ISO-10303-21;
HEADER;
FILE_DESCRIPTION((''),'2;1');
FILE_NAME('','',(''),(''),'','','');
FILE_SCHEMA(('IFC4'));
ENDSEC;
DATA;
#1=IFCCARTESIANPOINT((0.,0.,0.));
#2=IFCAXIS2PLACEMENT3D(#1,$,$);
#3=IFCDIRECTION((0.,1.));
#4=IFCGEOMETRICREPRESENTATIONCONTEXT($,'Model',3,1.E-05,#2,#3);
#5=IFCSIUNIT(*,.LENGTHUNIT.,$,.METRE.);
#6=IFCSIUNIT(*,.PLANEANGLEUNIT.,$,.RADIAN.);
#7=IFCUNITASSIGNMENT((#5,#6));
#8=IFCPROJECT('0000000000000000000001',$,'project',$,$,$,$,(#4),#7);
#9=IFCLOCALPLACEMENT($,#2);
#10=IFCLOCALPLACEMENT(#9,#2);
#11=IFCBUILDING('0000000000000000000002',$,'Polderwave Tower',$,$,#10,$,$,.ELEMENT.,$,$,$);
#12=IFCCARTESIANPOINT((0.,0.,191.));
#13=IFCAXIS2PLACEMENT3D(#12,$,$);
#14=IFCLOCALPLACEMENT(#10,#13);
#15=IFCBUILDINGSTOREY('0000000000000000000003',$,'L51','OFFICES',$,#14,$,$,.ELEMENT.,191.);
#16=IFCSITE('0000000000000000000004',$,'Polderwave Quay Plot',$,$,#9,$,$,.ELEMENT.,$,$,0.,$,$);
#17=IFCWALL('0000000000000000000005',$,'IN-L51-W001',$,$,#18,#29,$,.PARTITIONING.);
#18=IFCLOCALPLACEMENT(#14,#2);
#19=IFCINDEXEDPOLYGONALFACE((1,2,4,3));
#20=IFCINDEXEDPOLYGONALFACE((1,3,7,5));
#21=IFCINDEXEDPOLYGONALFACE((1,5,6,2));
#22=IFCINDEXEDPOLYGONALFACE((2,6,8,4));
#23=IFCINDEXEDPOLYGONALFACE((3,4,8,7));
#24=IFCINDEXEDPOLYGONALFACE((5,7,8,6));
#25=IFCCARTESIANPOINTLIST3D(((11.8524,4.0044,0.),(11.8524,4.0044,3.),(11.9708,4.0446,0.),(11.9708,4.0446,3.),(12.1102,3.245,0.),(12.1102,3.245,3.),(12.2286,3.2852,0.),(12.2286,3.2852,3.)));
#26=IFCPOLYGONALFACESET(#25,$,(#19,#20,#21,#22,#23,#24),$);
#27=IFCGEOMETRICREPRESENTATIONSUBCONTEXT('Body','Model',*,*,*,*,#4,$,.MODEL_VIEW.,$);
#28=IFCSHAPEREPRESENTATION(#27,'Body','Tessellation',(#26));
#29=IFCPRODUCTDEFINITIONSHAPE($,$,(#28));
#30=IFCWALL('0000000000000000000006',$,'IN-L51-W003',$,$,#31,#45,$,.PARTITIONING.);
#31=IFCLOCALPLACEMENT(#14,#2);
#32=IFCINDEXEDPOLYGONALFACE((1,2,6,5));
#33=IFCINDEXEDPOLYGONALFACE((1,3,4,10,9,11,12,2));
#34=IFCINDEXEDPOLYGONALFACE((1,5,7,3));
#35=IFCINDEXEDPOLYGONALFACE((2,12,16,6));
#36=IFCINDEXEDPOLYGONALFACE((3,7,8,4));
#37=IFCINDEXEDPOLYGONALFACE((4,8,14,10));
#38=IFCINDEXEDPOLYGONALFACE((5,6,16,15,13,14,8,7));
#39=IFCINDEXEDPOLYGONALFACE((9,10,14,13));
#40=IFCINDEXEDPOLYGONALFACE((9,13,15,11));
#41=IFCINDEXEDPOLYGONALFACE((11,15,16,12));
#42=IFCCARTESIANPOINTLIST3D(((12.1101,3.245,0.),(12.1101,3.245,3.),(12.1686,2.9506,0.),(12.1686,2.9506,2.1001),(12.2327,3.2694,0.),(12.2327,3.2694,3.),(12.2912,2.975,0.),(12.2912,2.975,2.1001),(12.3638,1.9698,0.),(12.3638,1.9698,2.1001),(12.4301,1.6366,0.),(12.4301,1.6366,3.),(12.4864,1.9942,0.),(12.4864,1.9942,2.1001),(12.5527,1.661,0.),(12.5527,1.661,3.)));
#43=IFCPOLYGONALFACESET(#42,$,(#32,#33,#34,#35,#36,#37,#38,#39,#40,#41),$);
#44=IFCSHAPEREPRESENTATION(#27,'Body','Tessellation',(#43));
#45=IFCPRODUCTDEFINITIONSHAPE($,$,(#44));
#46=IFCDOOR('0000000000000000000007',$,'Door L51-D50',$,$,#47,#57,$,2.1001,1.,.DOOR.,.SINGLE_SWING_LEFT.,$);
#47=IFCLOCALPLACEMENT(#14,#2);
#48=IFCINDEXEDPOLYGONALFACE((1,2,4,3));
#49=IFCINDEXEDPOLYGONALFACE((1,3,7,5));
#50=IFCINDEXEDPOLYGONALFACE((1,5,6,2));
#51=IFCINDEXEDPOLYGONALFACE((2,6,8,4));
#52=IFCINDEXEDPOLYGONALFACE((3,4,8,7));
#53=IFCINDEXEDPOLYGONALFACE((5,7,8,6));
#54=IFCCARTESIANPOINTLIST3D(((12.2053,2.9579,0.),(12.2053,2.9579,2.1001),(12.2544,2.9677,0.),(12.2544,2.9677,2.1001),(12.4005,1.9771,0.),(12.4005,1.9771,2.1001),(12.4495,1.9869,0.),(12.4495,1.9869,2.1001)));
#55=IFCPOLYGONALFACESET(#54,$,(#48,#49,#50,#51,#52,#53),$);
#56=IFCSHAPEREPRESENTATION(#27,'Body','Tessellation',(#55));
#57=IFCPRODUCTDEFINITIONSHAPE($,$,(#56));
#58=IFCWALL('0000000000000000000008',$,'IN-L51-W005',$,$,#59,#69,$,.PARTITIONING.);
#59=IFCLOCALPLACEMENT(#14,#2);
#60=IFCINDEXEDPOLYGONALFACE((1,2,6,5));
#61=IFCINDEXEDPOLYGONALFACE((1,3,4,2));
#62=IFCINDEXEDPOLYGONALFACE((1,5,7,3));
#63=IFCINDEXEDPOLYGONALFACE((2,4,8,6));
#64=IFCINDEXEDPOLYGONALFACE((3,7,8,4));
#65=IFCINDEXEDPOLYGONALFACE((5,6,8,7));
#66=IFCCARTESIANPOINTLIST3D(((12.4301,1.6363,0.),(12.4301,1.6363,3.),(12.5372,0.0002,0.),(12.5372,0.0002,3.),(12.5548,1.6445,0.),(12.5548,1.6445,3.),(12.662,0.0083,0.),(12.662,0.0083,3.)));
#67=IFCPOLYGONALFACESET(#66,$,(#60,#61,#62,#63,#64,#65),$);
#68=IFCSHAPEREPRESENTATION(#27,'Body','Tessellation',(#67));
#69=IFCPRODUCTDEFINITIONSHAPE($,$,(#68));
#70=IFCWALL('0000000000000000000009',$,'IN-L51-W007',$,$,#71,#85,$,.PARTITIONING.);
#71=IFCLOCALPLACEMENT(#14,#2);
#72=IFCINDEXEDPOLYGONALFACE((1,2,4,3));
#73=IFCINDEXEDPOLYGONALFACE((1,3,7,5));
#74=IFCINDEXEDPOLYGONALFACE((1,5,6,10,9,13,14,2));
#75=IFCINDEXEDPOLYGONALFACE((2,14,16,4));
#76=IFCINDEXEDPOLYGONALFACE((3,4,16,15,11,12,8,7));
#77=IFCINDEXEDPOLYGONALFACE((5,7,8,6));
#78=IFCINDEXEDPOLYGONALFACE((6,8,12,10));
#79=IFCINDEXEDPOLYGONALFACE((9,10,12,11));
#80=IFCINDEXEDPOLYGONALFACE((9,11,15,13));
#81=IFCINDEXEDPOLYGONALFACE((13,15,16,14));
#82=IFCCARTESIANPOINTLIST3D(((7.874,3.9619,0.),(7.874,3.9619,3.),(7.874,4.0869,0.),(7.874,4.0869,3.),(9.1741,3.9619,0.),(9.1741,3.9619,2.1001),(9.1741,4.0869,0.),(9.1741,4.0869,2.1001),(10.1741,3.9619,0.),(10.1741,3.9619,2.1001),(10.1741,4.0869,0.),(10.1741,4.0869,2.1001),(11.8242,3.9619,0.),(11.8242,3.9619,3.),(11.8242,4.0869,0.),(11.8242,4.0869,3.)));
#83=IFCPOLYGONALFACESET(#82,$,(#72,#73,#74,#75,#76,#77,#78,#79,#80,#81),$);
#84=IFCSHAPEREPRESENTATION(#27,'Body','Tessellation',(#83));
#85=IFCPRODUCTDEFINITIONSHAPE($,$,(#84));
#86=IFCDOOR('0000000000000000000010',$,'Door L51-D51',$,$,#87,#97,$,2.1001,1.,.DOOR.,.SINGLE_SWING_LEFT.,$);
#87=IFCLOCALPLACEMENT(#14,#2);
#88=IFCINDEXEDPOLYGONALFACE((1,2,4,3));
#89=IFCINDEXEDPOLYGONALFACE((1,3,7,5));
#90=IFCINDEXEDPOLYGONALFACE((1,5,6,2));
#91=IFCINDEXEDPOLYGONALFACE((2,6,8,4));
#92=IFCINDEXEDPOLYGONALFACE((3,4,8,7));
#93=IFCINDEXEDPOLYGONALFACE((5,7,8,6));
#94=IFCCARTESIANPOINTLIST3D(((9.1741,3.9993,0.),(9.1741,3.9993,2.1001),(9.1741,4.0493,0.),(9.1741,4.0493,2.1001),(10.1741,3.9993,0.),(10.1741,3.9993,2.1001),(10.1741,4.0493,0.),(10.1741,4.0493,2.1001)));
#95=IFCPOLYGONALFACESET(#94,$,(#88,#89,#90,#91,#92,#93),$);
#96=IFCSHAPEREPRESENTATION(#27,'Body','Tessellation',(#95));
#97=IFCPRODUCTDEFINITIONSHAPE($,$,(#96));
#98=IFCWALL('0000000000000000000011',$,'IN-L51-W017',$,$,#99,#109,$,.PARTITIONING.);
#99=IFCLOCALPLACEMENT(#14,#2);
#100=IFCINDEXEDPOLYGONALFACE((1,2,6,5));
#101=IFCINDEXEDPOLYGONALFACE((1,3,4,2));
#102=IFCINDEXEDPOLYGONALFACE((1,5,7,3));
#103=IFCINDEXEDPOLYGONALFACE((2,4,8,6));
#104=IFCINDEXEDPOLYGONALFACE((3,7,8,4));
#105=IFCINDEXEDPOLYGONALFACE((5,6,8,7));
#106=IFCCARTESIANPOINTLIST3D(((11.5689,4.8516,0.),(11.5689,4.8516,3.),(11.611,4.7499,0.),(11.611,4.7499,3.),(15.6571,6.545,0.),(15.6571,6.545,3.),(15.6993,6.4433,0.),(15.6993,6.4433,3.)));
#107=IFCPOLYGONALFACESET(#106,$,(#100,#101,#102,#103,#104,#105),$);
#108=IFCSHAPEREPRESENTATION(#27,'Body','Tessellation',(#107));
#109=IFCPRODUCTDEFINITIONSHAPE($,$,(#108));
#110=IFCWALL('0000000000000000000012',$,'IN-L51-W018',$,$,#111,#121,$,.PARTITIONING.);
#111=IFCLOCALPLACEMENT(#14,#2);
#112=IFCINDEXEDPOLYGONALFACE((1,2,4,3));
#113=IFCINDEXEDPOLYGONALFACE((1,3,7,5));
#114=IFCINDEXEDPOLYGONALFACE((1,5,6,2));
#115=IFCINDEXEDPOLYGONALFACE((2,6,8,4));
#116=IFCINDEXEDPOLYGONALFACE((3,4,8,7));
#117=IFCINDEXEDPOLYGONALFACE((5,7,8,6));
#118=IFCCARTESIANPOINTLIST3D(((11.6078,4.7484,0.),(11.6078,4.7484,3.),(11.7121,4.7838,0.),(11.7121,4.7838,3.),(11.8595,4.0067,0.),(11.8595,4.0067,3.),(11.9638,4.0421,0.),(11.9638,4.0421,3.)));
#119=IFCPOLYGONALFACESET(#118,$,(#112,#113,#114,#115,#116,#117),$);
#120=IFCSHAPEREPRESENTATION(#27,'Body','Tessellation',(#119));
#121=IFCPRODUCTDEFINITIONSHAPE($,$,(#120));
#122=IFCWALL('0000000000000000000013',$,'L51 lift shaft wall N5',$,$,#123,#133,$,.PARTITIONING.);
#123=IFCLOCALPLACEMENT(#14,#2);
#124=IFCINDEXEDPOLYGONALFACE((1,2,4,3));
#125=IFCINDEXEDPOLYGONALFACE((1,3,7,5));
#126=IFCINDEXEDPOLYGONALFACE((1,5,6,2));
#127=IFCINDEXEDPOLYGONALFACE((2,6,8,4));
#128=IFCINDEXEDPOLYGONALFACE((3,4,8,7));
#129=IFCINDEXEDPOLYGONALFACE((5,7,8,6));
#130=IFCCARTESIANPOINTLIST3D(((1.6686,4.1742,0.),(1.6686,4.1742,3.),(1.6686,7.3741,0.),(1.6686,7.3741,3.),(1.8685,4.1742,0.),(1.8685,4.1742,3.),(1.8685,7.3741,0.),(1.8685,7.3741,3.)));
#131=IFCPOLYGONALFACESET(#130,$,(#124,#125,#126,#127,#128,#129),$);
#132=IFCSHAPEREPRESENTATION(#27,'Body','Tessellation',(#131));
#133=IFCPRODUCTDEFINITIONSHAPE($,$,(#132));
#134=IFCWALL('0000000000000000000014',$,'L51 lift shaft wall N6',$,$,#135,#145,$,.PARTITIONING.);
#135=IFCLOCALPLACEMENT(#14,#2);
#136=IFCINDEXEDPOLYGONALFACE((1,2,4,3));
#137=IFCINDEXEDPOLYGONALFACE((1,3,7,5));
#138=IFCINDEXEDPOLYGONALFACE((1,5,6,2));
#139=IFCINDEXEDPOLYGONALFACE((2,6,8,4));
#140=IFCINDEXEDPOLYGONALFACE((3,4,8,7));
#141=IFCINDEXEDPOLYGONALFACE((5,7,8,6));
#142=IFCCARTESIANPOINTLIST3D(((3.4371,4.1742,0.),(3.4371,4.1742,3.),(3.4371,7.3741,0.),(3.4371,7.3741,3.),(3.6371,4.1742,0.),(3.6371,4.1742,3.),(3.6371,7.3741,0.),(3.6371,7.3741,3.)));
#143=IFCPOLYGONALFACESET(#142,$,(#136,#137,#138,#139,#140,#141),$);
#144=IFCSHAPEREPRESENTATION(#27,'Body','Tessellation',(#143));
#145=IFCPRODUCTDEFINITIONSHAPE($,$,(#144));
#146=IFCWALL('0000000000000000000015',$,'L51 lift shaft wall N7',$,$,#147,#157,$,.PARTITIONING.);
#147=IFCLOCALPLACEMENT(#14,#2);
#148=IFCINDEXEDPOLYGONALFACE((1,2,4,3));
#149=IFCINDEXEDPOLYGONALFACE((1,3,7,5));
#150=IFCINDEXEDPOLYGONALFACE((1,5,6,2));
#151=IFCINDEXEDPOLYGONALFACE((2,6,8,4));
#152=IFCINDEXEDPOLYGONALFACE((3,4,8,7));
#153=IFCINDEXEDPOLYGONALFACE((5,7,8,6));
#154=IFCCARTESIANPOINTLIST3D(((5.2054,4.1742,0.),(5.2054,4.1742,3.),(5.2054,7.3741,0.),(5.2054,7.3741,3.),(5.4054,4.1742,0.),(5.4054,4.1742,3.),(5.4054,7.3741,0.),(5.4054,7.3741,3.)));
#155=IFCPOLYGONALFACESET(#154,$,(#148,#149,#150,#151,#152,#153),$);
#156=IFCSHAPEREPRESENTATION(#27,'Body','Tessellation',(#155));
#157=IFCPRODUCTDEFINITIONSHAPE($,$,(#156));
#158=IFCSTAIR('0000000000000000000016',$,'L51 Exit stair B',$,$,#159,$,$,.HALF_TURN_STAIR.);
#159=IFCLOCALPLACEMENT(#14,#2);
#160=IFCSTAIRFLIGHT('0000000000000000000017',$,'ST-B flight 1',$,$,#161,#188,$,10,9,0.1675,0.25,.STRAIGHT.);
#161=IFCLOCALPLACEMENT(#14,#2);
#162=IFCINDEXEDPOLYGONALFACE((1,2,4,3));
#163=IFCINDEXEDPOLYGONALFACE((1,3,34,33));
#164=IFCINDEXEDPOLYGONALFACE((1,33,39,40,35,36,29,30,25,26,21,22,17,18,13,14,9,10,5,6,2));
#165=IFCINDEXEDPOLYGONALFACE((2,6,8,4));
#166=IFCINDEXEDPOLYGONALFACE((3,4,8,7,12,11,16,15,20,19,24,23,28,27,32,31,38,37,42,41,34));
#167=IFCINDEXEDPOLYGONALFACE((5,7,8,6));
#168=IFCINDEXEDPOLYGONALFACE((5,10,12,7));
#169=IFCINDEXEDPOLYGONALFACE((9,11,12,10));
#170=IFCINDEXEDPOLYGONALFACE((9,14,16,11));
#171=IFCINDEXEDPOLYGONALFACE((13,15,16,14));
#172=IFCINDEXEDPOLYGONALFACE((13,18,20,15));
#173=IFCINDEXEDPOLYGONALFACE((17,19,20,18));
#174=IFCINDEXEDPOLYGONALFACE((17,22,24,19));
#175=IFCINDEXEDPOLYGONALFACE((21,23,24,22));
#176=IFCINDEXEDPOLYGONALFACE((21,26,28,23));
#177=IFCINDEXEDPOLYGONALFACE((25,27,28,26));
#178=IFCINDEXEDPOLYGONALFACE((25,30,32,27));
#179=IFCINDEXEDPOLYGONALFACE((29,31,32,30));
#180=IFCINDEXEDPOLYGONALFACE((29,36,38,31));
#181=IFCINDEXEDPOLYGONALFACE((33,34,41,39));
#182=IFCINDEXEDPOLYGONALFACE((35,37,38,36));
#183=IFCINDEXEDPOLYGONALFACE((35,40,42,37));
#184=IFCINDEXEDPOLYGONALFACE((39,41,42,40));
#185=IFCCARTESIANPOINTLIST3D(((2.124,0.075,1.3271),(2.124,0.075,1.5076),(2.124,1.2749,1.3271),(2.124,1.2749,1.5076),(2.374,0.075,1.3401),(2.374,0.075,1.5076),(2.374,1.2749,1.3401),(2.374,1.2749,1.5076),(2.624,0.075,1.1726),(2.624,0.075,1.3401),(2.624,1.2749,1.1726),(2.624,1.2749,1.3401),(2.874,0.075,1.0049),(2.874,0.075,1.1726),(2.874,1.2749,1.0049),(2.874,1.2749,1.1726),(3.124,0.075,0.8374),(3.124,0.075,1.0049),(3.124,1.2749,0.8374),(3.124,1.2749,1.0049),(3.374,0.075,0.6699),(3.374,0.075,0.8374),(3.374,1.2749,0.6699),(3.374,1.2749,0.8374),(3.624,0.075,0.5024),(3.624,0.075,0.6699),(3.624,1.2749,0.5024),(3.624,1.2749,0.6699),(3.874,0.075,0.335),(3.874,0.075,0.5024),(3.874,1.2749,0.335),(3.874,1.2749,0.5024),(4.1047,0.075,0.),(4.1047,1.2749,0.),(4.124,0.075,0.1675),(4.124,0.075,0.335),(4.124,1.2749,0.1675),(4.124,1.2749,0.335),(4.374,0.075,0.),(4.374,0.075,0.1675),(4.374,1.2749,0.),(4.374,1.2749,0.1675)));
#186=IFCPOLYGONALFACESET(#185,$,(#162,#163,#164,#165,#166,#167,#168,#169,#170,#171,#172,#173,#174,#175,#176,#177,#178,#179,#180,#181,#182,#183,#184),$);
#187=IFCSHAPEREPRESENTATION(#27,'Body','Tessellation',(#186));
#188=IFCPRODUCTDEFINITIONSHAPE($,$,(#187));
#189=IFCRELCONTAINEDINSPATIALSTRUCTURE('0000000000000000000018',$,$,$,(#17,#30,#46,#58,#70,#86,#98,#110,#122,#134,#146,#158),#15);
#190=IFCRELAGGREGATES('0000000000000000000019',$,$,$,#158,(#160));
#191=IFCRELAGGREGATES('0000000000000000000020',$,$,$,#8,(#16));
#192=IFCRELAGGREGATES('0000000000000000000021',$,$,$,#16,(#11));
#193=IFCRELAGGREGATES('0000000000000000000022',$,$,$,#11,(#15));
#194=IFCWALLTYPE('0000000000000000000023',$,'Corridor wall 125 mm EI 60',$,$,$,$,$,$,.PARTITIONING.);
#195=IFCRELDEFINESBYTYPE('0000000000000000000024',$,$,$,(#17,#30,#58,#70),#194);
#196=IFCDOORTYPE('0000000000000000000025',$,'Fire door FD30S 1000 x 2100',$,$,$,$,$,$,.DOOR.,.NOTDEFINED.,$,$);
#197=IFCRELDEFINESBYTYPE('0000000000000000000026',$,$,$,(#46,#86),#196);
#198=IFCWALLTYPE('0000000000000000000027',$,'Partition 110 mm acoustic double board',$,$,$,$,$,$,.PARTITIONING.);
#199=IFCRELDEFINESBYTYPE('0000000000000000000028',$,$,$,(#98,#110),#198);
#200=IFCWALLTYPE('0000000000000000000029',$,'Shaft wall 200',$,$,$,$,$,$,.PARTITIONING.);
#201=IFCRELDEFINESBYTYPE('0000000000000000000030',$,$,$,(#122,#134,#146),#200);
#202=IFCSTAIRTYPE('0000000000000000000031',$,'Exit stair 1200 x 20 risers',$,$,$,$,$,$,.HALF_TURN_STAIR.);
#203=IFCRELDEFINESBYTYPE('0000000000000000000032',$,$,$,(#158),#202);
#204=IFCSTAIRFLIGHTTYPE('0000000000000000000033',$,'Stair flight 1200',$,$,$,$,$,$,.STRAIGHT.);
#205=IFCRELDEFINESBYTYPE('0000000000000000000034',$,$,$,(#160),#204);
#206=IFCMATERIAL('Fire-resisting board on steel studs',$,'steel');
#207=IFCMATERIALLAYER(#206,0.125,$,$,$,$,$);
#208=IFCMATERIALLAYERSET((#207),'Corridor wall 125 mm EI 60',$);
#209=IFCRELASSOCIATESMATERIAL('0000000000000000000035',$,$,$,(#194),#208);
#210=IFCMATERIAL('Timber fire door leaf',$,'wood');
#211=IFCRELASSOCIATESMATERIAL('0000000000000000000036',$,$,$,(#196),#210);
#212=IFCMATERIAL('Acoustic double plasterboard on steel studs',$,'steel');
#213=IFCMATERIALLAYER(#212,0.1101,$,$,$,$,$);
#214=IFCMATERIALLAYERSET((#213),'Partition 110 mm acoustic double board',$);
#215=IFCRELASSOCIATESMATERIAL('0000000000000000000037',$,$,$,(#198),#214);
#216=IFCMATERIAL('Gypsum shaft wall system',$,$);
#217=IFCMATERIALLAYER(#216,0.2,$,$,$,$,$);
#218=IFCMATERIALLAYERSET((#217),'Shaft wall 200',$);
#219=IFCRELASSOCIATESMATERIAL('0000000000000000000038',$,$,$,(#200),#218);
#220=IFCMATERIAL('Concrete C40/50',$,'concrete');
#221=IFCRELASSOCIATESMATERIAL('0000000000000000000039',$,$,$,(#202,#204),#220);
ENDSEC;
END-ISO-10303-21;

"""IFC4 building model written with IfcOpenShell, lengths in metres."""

from ifc_helpers import new_model, si_unit, direction, frame, frame_2d, origin, place, context, subcontext, project, spatial, polyline, rectangle, outline, extrude, material, layer, layer_set, type_object, element, fill, aggregate, save


model = new_model("IFC4")

# Units and contexts
model_context = context("Model", 3, precision=1e-05, world=origin(), true_north=direction((0.0, 1.0)))
body_context = subcontext(model_context, "Body", "Model", "MODEL_VIEW")
ifc_project = project(units=[si_unit("LENGTHUNIT", "METRE"), si_unit("PLANEANGLEUNIT", "RADIAN")], contexts=[model_context])

# Site, building, storey
site_placement = place(None, origin())
site = spatial("IfcSite", under=ifc_project, at=site_placement, Name="Polderwave Quay Plot", CompositionType="ELEMENT", RefElevation=0.0)
building_placement = place(site_placement, origin())
building = spatial("IfcBuilding", under=site, at=building_placement, Name="Polderwave Tower", CompositionType="ELEMENT")
storey_placement = place(building_placement, frame((0.0, 0.0, 191.0)))
storey = spatial("IfcBuildingStorey", under=building, at=storey_placement, Name="L51", Description="OFFICES", CompositionType="ELEMENT", Elevation=191.0)

# Wall
ifc_material_1 = material(Name="Fire-resisting board on steel studs", Category="steel")
ifc_layer_1 = layer(ifc_material_1, 0.125)
ifc_layer_set_1 = layer_set([ifc_layer_1], Name="Corridor wall 125 mm EI 60")
wall_type_1 = type_object("IfcWallType", Name="Corridor wall 125 mm EI 60", PredefinedType="PARTITIONING", material=ifc_layer_set_1)
wall_1_placement = place(storey_placement, frame((11.9116, 4.0244, 0.0), z_axis=(0.0, 0.0, 1.0), x_axis=(0.321428, -0.946934, 0.0)))
element("IfcWall", 1, at=wall_1_placement, inside=storey, type_object=wall_type_1, Name="IN-L51-W001", PredefinedType="PARTITIONING", context=body_context, shape_type="SweptSolid", body=[
    extrude(rectangle(XDim=0.802, YDim=0.125, at=frame_2d((0.4009, 0.0))), origin(), (0.0, 0.0, 1.0), 3.0),
])

# Wall, opening, door
wall_2_placement = place(storey_placement, frame((12.1714, 3.2571, 0.0), z_axis=(0.0, 0.0, 1.0), x_axis=(0.195171, -0.980769, 0.0)))
wall_2 = element("IfcWall", 2, at=wall_2_placement, inside=storey, type_object=wall_type_1, Name="IN-L51-W003", PredefinedType="PARTITIONING", context=body_context, shape_type="SweptSolid", body=[
    extrude(rectangle(XDim=1.6399, YDim=0.125, at=frame_2d((0.8198, 0.0))), origin(), (0.0, 0.0, 1.0), 3.0),
])
opening_1_placement = place(wall_2_placement, frame((0.3, 0.0, 0.0)))
opening_1 = element("IfcOpeningElement", 3, at=opening_1_placement, cuts=wall_2, PredefinedType="OPENING", context=body_context, shape_type="SweptSolid", body=[
    extrude(rectangle(XDim=1.0, YDim=2.1001, at=frame_2d((0.5, 1.05))), frame((0.0, 0.0725, 0.0), z_axis=(0.0, -1.0, 0.0), x_axis=(1.0, 0.0, 0.0)), (0.0, 0.0, 1.0), 0.145),
])
ifc_material_2 = material(Name="Timber fire door leaf", Category="wood")
door_type = type_object("IfcDoorType", Name="Fire door FD30S 1000 x 2100", OperationType="NOTDEFINED", PredefinedType="DOOR", material=ifc_material_2)
door_1_placement = place(opening_1_placement, origin())
door_1 = element("IfcDoor", 4, at=door_1_placement, inside=storey, type_object=door_type, Name="Door L51-D50", OperationType="SINGLE_SWING_LEFT", OverallHeight=2.1001, OverallWidth=1.0, PredefinedType="DOOR", context=body_context, shape_type="SweptSolid", body=[
    extrude(rectangle(XDim=1.0, YDim=2.1001, at=frame_2d((0.5, 1.05))), frame((0.0, 0.0249, 0.0), z_axis=(0.0, -1.0, 0.0), x_axis=(1.0, 0.0, 0.0)), (0.0, 0.0, 1.0), 0.05),
])
fill(opening_1, door_1)

# Wall
wall_3_placement = place(storey_placement, frame((12.4924, 1.6404, 0.0), z_axis=(0.0, 0.0, 1.0), x_axis=(0.065363, -0.997862, 0.0)))
element("IfcWall", 5, at=wall_3_placement, inside=storey, type_object=wall_type_1, Name="IN-L51-W005", PredefinedType="PARTITIONING", context=body_context, shape_type="SweptSolid", body=[
    extrude(rectangle(XDim=1.6396, YDim=0.125, at=frame_2d((0.8198, 0.0))), origin(), (0.0, 0.0, 1.0), 3.0),
])

# Wall, opening, door
wall_4_placement = place(storey_placement, frame((7.874, 4.0244, 0.0), z_axis=(0.0, 0.0, 1.0), x_axis=(1.0, 0.0, 0.0)))
wall_4 = element("IfcWall", 6, at=wall_4_placement, inside=storey, type_object=wall_type_1, Name="IN-L51-W007", PredefinedType="PARTITIONING", context=body_context, shape_type="SweptSolid", body=[
    extrude(rectangle(XDim=3.9502, YDim=0.125, at=frame_2d((1.9751, 0.0))), origin(), (0.0, 0.0, 1.0), 3.0),
])
opening_2_placement = place(wall_4_placement, frame((1.3, 0.0, 0.0)))
opening_2 = element("IfcOpeningElement", 7, at=opening_2_placement, cuts=wall_4, PredefinedType="OPENING", context=body_context, shape_type="SweptSolid", body=[
    extrude(rectangle(XDim=1.0, YDim=2.1001, at=frame_2d((0.5, 1.05))), frame((0.0, 0.0725, 0.0), z_axis=(0.0, -1.0, 0.0), x_axis=(1.0, 0.0, 0.0)), (0.0, 0.0, 1.0), 0.145),
])
door_2_placement = place(opening_2_placement, origin())
door_2 = element("IfcDoor", 8, at=door_2_placement, inside=storey, type_object=door_type, Name="Door L51-D51", OperationType="SINGLE_SWING_LEFT", OverallHeight=2.1001, OverallWidth=1.0, PredefinedType="DOOR", context=body_context, shape_type="SweptSolid", body=[
    extrude(rectangle(XDim=1.0, YDim=2.1001, at=frame_2d((0.5, 1.05))), frame((0.0, 0.0249, 0.0), z_axis=(0.0, -1.0, 0.0), x_axis=(1.0, 0.0, 0.0)), (0.0, 0.0, 1.0), 0.05),
])
fill(opening_2, door_2)

# Walls
ifc_material_3 = material(Name="Acoustic double plasterboard on steel studs", Category="steel")
ifc_layer_2 = layer(ifc_material_3, 0.1101)
ifc_layer_set_2 = layer_set([ifc_layer_2], Name="Partition 110 mm acoustic double board")
wall_type_2 = type_object("IfcWallType", Name="Partition 110 mm acoustic double board", PredefinedType="PARTITIONING", material=ifc_layer_set_2)
wall_5_placement = place(storey_placement, frame((11.5901, 4.8008, 0.0), z_axis=(0.0, 0.0, 1.0), x_axis=(0.92388, 0.382683, 0.0)))
element("IfcWall", 9, at=wall_5_placement, inside=storey, type_object=wall_type_2, Name="IN-L51-W017", PredefinedType="PARTITIONING", context=body_context, shape_type="SweptSolid", body=[
    extrude(rectangle(XDim=4.425, YDim=0.1101, at=frame_2d((2.2124, 0.0))), origin(), (0.0, 0.0, 1.0), 3.0),
])
wall_6_placement = place(storey_placement, frame((11.9116, 4.0244, 0.0), z_axis=(0.0, 0.0, 1.0), x_axis=(-0.321366, 0.946955, 0.0)))
element("IfcWall", 10, at=wall_6_placement, inside=storey, type_object=wall_type_2, Name="IN-L51-W018", PredefinedType="PARTITIONING", context=body_context, shape_type="SweptSolid", body=[
    extrude(rectangle(XDim=0.7832, YDim=0.1101, at=frame_2d((0.3916, 0.0))), origin(), (0.0, 0.0, 1.0), 3.0),
])
ifc_material_4 = material(Name="Gypsum shaft wall system")
ifc_layer_3 = layer(ifc_material_4, 0.2)
ifc_layer_set_3 = layer_set([ifc_layer_3], Name="Shaft wall 200")
wall_type_3 = type_object("IfcWallType", Name="Shaft wall 200", PredefinedType="PARTITIONING", material=ifc_layer_set_3)
for number, where, z_axis, x_axis, name in (
    (11, (1.7686, 4.1741, 0.0), (0.0, 0.0, 1.0), (0.0, 1.0, 0.0), "L51 lift shaft wall N5"),
    (12, (3.5371, 4.1741, 0.0), (0.0, 0.0, 1.0), (0.0, 1.0, 0.0), "L51 lift shaft wall N6"),
    (13, (5.3054, 4.1741, 0.0), (0.0, 0.0, 1.0), (0.0, 1.0, 0.0), "L51 lift shaft wall N7"),
):
    element("IfcWall", number, at=place(storey_placement, frame(where, z_axis=z_axis, x_axis=x_axis)), inside=storey, type_object=wall_type_3, Name=name, PredefinedType="PARTITIONING", context=body_context, shape_type="SweptSolid", body=[
        extrude(rectangle(XDim=3.2, YDim=0.2, at=frame_2d((1.6001, 0.0))), origin(), (0.0, 0.0, 1.0), 3.0),
    ])

# Stair, stair flight
ifc_material_5 = material(Name="Concrete C40/50", Category="concrete")
stair_type = type_object("IfcStairType", Name="Exit stair 1200 x 20 risers", PredefinedType="HALF_TURN_STAIR", material=ifc_material_5)
stair_placement = place(storey_placement, origin())
stair = element("IfcStair", 14, at=stair_placement, inside=storey, type_object=stair_type, Name="L51 Exit stair B", PredefinedType="HALF_TURN_STAIR")
stair_flight_type = type_object("IfcStairFlightType", Name="Stair flight 1200", PredefinedType="STRAIGHT", material=ifc_material_5)
stair_flight_placement = place(storey_placement, frame((4.374, 0.675, 0.0), z_axis=(0.0, 0.0, 1.0), x_axis=(-1.0, 0.0, 0.0)))
stair_flight = element("IfcStairFlight", 15, at=stair_flight_placement, type_object=stair_flight_type, Name="ST-B flight 1", NumberOfRisers=10, NumberOfTreads=9, PredefinedType="STRAIGHT", RiserHeight=0.1675, TreadLength=0.25, context=body_context, shape_type="SweptSolid", body=[
    extrude(outline(polyline([(0.0, 0.0), (0.0, 0.1675), (0.25, 0.1675), (0.25, 0.335), (0.5, 0.335), (0.5, 0.5024), (0.75, 0.5024), (0.75, 0.6699), (1.0, 0.6699), (1.0, 0.8374), (1.25, 0.8374), (1.25, 1.0049), (1.5, 1.0049), (1.5, 1.1726), (1.75, 1.1726), (1.75, 1.3401), (2.0, 1.3401), (2.0, 1.5076), (2.25, 1.5076), (2.25, 1.675), (2.25, 1.3271), (0.2693, 0.0), (0.0, 0.0)])), frame((0.0, 0.6001, 0.0), z_axis=(0.0, -1.0, 0.0), x_axis=(1.0, 0.0, 0.0)), (0.0, 0.0, 1.0), 1.2),
])
aggregate(stair, [stair_flight])

save(model, "model.ifc")
